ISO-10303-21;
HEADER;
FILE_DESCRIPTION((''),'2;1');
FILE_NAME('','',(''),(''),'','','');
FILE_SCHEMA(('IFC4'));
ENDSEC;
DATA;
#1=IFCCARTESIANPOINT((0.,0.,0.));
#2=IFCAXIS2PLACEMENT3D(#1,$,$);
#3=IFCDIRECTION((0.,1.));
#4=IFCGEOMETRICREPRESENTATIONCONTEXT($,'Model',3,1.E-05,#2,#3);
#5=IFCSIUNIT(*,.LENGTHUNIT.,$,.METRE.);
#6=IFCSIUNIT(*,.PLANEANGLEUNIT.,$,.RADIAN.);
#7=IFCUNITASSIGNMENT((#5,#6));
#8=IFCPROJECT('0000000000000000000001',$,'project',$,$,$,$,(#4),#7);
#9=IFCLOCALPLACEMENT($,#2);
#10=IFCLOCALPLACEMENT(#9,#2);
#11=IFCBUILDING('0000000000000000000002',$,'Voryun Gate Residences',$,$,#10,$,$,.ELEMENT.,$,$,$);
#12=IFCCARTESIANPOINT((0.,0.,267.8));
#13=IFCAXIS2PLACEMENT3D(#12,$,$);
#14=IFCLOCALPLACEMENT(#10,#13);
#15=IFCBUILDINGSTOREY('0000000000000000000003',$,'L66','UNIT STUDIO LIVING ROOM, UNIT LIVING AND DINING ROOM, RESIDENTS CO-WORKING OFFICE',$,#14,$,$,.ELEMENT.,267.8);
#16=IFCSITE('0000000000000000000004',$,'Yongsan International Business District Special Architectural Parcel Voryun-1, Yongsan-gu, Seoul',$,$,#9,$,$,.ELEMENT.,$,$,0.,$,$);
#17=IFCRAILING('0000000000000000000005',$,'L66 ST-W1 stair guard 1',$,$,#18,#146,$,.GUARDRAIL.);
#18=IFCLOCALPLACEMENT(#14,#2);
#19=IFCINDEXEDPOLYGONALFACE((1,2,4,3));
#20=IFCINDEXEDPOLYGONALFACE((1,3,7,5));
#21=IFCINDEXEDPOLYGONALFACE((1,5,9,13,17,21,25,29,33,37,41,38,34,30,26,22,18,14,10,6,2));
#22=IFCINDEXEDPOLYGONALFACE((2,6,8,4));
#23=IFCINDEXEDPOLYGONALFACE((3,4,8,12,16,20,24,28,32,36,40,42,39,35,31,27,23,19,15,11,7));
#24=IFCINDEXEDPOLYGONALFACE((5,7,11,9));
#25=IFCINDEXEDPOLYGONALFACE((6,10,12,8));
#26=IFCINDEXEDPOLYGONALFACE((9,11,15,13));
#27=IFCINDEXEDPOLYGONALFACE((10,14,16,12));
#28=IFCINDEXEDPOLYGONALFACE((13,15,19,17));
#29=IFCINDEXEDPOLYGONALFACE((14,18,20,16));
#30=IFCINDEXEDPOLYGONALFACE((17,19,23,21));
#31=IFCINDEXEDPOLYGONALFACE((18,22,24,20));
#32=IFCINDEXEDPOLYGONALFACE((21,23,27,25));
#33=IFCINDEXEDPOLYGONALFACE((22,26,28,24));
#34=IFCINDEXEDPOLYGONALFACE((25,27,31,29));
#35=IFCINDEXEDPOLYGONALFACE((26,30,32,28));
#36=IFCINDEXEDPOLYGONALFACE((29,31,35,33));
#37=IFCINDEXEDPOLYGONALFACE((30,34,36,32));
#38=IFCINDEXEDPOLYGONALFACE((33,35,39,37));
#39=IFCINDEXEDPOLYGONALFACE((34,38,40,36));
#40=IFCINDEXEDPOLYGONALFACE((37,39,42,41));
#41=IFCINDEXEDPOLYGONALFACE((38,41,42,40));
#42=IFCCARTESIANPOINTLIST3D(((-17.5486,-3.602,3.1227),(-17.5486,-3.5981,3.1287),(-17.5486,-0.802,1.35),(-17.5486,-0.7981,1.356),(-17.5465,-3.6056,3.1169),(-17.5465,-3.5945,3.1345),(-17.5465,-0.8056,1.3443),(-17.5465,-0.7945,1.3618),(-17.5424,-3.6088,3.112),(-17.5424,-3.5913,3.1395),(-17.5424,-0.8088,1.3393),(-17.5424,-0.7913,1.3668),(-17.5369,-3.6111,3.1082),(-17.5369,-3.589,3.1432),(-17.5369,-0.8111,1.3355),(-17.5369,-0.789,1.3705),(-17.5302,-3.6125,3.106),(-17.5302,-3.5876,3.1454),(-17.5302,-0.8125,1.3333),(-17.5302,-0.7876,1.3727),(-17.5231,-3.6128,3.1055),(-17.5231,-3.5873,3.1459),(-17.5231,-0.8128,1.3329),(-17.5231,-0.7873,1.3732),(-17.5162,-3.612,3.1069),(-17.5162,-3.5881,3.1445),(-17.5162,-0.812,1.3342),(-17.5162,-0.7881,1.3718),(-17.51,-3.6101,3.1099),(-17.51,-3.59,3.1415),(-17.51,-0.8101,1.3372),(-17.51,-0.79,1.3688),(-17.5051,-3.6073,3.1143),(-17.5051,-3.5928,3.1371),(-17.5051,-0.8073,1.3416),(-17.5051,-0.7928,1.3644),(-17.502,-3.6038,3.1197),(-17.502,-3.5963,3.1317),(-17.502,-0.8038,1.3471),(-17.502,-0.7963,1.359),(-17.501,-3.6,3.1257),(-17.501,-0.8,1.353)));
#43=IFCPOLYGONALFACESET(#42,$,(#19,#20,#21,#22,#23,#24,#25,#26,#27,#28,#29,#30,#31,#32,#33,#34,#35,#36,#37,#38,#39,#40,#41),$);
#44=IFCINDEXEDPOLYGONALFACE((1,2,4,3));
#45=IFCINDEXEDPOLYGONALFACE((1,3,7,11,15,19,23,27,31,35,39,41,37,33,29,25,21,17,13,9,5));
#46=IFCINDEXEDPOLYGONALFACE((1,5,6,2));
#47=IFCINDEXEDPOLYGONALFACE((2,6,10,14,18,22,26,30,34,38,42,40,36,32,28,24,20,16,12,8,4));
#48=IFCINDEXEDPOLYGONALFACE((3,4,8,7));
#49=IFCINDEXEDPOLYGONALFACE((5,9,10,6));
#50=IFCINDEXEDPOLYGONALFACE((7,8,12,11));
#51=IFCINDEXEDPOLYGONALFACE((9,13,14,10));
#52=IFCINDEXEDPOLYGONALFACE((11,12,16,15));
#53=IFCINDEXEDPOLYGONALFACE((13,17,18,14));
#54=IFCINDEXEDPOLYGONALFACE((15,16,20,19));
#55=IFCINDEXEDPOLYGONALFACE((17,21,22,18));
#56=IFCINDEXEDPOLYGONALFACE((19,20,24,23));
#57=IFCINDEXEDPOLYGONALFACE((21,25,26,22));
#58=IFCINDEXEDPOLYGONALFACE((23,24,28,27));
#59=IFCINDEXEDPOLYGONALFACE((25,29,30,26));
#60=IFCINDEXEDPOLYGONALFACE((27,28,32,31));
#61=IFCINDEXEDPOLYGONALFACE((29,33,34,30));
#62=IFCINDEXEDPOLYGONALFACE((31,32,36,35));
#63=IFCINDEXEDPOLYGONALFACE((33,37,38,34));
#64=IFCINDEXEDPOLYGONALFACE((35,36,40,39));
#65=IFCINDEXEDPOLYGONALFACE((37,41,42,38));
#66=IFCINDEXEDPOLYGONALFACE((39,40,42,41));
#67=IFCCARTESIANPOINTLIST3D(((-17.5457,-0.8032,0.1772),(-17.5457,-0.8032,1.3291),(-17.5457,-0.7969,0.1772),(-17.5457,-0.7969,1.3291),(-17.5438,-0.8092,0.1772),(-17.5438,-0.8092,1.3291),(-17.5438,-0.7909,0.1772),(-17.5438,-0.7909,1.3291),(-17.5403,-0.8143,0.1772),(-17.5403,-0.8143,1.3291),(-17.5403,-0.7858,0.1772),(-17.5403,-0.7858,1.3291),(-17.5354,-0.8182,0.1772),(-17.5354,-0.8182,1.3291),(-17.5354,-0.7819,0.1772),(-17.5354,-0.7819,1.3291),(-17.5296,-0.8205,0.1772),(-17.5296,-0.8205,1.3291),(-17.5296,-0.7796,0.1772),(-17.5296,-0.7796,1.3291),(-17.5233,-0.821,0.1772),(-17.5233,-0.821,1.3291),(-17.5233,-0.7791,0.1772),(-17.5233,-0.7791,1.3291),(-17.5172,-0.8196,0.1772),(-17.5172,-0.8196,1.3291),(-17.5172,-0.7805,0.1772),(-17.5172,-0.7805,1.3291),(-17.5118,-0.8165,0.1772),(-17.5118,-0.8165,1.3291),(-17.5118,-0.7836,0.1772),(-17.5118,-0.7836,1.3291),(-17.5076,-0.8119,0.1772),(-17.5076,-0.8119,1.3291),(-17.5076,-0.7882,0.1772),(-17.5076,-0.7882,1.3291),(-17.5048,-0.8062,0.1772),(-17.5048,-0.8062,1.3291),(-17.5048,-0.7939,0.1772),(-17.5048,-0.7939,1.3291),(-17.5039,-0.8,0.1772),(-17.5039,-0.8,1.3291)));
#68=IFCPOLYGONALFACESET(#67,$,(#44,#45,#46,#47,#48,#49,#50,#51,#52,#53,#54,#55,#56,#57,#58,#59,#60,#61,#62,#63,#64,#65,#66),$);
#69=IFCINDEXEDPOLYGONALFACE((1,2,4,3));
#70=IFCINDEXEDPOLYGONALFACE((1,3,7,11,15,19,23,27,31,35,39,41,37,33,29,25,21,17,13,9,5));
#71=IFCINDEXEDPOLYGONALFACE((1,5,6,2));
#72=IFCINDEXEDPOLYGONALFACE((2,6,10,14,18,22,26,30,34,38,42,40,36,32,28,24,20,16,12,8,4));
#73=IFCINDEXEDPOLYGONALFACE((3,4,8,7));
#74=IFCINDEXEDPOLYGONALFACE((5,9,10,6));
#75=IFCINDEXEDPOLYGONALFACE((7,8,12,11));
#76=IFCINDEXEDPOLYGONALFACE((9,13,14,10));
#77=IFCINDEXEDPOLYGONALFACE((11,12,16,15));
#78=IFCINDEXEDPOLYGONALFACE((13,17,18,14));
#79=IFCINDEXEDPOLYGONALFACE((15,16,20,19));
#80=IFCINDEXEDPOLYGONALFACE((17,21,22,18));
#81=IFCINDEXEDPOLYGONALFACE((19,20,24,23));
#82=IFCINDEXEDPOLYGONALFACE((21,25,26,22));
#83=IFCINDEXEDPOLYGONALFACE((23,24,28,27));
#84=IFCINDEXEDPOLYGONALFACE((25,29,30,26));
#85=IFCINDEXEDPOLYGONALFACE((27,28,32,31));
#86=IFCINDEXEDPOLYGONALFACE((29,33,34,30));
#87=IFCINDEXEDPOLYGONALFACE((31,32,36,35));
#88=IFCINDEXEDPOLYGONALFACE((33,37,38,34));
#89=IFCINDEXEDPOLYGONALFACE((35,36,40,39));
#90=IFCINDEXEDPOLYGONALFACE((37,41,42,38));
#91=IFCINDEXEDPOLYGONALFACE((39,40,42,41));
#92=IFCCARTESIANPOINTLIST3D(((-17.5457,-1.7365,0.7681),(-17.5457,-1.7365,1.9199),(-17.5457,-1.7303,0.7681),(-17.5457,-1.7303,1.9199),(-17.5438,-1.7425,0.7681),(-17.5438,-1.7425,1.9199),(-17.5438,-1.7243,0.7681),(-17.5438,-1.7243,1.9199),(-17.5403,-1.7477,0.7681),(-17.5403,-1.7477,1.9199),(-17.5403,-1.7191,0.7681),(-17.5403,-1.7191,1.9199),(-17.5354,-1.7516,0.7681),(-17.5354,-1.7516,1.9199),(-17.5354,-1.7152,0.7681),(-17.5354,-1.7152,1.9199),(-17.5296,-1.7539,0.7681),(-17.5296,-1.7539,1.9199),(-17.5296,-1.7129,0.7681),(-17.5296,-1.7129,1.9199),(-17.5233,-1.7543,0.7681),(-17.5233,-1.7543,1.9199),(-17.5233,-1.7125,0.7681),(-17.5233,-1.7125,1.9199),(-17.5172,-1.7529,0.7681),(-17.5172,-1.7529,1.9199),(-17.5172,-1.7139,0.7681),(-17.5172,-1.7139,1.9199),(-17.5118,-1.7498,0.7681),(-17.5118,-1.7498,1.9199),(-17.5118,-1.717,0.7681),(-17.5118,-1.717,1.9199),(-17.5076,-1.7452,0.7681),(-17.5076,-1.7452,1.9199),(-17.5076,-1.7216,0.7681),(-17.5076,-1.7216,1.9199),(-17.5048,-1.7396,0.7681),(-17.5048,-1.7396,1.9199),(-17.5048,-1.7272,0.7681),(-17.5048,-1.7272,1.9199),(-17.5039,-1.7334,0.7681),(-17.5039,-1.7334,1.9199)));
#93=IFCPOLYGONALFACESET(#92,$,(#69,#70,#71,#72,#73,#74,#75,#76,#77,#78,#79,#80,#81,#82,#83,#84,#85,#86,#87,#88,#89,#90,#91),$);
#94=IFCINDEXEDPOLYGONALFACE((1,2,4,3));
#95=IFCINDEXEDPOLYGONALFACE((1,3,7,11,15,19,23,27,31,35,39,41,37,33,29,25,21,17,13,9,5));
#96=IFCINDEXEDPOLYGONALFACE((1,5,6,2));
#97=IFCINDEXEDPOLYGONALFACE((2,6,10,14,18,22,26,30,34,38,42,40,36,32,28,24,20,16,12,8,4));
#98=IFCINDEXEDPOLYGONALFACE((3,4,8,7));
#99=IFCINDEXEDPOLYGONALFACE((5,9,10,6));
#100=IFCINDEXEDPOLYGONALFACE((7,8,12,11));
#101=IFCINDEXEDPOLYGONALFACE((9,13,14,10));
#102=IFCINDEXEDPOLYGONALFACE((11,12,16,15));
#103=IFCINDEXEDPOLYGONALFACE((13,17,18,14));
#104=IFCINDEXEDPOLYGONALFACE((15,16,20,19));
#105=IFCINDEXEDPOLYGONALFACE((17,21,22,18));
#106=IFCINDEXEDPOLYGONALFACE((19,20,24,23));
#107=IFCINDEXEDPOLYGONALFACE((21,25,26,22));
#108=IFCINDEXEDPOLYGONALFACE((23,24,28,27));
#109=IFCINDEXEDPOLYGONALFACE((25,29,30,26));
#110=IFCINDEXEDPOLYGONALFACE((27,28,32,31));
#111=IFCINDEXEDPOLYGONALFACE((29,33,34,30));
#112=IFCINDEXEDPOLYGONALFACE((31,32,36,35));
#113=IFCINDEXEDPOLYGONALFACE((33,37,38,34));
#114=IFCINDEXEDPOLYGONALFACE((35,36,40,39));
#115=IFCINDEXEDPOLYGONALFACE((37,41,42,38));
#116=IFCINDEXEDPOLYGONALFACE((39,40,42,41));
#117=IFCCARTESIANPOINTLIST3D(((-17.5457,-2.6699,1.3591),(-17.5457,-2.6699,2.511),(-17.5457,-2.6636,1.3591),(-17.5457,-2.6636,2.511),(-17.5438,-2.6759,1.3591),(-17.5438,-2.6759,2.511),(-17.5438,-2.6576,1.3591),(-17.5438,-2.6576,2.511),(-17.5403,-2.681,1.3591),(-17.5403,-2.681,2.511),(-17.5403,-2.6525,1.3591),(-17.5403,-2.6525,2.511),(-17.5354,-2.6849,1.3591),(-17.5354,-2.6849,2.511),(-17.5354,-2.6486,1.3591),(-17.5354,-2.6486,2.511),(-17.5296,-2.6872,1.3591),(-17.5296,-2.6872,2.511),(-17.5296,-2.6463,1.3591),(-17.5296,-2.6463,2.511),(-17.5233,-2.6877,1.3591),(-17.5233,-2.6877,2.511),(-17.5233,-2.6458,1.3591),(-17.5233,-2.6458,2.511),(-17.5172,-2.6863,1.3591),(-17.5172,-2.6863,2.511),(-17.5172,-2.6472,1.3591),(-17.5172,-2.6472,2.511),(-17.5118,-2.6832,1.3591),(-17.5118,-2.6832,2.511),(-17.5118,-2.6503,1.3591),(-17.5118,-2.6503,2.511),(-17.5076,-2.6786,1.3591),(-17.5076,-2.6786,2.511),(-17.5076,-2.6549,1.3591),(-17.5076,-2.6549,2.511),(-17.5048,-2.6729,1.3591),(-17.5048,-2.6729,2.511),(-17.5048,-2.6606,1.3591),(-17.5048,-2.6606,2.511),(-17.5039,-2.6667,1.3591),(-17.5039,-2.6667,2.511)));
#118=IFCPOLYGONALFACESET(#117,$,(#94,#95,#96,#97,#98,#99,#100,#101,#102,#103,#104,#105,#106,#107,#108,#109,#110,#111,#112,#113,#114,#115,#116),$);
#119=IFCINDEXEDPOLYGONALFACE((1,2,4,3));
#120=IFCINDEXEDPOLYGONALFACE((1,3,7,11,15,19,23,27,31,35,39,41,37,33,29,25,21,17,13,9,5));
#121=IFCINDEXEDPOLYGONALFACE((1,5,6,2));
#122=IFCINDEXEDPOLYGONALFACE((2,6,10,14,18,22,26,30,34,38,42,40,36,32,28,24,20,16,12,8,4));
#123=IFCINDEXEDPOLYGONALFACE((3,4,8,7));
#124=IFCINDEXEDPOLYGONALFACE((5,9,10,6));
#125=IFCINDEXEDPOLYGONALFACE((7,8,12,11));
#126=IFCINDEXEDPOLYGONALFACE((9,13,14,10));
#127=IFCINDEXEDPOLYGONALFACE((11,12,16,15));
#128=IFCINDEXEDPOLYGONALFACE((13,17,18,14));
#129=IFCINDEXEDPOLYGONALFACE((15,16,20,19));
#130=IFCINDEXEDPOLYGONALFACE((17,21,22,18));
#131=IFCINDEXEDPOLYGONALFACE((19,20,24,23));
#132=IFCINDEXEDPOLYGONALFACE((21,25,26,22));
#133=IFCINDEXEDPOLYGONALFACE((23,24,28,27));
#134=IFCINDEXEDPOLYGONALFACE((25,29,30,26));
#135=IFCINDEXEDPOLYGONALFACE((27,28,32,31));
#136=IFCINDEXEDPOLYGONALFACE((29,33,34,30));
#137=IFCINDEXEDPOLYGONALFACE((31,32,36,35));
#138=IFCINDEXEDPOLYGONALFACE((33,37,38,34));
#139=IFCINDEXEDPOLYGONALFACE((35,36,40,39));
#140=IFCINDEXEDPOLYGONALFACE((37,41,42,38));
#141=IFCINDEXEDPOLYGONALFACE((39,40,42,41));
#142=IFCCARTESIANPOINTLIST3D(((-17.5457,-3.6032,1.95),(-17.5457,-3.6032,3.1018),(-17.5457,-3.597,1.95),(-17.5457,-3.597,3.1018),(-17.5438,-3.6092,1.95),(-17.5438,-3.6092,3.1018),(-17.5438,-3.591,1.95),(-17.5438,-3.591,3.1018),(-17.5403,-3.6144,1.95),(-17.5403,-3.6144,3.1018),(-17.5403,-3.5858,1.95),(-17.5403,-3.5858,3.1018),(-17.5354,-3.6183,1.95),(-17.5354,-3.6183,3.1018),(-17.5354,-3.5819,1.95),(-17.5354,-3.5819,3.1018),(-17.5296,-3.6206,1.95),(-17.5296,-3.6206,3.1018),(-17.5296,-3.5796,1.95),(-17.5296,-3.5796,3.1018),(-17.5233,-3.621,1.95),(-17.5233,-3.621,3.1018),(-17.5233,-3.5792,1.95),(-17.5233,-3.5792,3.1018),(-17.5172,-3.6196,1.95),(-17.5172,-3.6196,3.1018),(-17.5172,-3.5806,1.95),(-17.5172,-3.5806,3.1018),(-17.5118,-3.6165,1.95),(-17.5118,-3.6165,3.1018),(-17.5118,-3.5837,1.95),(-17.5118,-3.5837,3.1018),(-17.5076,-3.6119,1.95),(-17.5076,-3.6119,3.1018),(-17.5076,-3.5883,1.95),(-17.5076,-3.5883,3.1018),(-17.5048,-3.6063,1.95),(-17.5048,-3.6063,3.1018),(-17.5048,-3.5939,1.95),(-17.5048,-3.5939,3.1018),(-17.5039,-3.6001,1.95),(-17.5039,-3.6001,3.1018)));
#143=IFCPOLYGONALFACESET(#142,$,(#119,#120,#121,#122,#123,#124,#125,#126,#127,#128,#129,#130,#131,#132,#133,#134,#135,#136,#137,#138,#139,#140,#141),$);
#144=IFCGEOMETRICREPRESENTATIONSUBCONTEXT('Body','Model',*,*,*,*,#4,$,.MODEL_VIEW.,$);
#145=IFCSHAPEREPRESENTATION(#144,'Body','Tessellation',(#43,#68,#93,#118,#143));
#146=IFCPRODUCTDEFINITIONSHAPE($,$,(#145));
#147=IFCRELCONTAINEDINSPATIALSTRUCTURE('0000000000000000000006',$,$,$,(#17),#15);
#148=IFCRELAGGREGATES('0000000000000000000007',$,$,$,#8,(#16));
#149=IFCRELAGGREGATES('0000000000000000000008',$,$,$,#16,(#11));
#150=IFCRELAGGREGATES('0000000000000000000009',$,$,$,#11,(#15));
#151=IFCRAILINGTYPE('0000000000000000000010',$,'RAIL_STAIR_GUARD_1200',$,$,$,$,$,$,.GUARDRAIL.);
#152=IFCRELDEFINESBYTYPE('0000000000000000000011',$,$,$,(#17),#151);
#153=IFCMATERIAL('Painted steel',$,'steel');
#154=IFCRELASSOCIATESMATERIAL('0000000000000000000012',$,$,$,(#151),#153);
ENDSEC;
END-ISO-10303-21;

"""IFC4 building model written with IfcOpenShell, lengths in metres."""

from ifc_helpers import new_model, si_unit, direction, frame, origin, origin_2d, place, context, subcontext, project, spatial, circle, extrude, material, type_object, element, save


model = new_model("IFC4")

# Units and contexts
model_context = context("Model", 3, precision=1e-05, world=origin(), true_north=direction((0.0, 1.0)))
body_context = subcontext(model_context, "Body", "Model", "MODEL_VIEW")
ifc_project = project(units=[si_unit("LENGTHUNIT", "METRE"), si_unit("PLANEANGLEUNIT", "RADIAN")], contexts=[model_context])

# Site, building, storey
site_placement = place(None, origin())
site = spatial("IfcSite", under=ifc_project, at=site_placement, Name="Yongsan International Business District Special Architectural Parcel Voryun-1, Yongsan-gu, Seoul", CompositionType="ELEMENT", RefElevation=0.0)
building_placement = place(site_placement, origin())
building = spatial("IfcBuilding", under=site, at=building_placement, Name="Voryun Gate Residences", CompositionType="ELEMENT")
storey_placement = place(building_placement, frame((0.0, 0.0, 267.8)))
storey = spatial("IfcBuildingStorey", under=building, at=storey_placement, Name="L66", Description="UNIT STUDIO LIVING ROOM, UNIT LIVING AND DINING ROOM, RESIDENTS CO-WORKING OFFICE", CompositionType="ELEMENT", Elevation=267.8)

# Railing
ifc_material_1 = material(Name="Painted steel", Category="steel")
railing_type_1 = type_object("IfcRailingType", Name="RAIL_STAIR_GUARD_1200", PredefinedType="GUARDRAIL", material=ifc_material_1)
railing_1_placement = place(storey_placement, frame((-17.5249, -0.8, 0.1772)))
element("IfcRailing", 1, at=railing_1_placement, inside=storey, type_object=railing_type_1, Name="L66 ST-W1 stair guard 1", PredefinedType="GUARDRAIL", context=body_context, shape_type="SweptSolid", body=[
    extrude(circle(Radius=0.0239, at=origin_2d()), frame((0.0, 0.0, 1.1758), z_axis=(0.0, -0.844909, 0.53491), x_axis=(1.0, 0.0, 0.0)), (0.0, 0.0, 1.0), 3.314),
    extrude(circle(Radius=0.021, at=origin_2d()), origin(), (0.0, 0.0, 1.0), 1.1519),
    extrude(circle(Radius=0.021, at=origin_2d()), frame((0.0, -0.9333, 0.5908)), (0.0, 0.0, 1.0), 1.1519),
    extrude(circle(Radius=0.021, at=origin_2d()), frame((0.0, -1.8667, 1.1819)), (0.0, 0.0, 1.0), 1.1519),
    extrude(circle(Radius=0.021, at=origin_2d()), frame((0.0, -2.8, 1.7727)), (0.0, 0.0, 1.0), 1.1519),
])

save(model, "model.ifc")
